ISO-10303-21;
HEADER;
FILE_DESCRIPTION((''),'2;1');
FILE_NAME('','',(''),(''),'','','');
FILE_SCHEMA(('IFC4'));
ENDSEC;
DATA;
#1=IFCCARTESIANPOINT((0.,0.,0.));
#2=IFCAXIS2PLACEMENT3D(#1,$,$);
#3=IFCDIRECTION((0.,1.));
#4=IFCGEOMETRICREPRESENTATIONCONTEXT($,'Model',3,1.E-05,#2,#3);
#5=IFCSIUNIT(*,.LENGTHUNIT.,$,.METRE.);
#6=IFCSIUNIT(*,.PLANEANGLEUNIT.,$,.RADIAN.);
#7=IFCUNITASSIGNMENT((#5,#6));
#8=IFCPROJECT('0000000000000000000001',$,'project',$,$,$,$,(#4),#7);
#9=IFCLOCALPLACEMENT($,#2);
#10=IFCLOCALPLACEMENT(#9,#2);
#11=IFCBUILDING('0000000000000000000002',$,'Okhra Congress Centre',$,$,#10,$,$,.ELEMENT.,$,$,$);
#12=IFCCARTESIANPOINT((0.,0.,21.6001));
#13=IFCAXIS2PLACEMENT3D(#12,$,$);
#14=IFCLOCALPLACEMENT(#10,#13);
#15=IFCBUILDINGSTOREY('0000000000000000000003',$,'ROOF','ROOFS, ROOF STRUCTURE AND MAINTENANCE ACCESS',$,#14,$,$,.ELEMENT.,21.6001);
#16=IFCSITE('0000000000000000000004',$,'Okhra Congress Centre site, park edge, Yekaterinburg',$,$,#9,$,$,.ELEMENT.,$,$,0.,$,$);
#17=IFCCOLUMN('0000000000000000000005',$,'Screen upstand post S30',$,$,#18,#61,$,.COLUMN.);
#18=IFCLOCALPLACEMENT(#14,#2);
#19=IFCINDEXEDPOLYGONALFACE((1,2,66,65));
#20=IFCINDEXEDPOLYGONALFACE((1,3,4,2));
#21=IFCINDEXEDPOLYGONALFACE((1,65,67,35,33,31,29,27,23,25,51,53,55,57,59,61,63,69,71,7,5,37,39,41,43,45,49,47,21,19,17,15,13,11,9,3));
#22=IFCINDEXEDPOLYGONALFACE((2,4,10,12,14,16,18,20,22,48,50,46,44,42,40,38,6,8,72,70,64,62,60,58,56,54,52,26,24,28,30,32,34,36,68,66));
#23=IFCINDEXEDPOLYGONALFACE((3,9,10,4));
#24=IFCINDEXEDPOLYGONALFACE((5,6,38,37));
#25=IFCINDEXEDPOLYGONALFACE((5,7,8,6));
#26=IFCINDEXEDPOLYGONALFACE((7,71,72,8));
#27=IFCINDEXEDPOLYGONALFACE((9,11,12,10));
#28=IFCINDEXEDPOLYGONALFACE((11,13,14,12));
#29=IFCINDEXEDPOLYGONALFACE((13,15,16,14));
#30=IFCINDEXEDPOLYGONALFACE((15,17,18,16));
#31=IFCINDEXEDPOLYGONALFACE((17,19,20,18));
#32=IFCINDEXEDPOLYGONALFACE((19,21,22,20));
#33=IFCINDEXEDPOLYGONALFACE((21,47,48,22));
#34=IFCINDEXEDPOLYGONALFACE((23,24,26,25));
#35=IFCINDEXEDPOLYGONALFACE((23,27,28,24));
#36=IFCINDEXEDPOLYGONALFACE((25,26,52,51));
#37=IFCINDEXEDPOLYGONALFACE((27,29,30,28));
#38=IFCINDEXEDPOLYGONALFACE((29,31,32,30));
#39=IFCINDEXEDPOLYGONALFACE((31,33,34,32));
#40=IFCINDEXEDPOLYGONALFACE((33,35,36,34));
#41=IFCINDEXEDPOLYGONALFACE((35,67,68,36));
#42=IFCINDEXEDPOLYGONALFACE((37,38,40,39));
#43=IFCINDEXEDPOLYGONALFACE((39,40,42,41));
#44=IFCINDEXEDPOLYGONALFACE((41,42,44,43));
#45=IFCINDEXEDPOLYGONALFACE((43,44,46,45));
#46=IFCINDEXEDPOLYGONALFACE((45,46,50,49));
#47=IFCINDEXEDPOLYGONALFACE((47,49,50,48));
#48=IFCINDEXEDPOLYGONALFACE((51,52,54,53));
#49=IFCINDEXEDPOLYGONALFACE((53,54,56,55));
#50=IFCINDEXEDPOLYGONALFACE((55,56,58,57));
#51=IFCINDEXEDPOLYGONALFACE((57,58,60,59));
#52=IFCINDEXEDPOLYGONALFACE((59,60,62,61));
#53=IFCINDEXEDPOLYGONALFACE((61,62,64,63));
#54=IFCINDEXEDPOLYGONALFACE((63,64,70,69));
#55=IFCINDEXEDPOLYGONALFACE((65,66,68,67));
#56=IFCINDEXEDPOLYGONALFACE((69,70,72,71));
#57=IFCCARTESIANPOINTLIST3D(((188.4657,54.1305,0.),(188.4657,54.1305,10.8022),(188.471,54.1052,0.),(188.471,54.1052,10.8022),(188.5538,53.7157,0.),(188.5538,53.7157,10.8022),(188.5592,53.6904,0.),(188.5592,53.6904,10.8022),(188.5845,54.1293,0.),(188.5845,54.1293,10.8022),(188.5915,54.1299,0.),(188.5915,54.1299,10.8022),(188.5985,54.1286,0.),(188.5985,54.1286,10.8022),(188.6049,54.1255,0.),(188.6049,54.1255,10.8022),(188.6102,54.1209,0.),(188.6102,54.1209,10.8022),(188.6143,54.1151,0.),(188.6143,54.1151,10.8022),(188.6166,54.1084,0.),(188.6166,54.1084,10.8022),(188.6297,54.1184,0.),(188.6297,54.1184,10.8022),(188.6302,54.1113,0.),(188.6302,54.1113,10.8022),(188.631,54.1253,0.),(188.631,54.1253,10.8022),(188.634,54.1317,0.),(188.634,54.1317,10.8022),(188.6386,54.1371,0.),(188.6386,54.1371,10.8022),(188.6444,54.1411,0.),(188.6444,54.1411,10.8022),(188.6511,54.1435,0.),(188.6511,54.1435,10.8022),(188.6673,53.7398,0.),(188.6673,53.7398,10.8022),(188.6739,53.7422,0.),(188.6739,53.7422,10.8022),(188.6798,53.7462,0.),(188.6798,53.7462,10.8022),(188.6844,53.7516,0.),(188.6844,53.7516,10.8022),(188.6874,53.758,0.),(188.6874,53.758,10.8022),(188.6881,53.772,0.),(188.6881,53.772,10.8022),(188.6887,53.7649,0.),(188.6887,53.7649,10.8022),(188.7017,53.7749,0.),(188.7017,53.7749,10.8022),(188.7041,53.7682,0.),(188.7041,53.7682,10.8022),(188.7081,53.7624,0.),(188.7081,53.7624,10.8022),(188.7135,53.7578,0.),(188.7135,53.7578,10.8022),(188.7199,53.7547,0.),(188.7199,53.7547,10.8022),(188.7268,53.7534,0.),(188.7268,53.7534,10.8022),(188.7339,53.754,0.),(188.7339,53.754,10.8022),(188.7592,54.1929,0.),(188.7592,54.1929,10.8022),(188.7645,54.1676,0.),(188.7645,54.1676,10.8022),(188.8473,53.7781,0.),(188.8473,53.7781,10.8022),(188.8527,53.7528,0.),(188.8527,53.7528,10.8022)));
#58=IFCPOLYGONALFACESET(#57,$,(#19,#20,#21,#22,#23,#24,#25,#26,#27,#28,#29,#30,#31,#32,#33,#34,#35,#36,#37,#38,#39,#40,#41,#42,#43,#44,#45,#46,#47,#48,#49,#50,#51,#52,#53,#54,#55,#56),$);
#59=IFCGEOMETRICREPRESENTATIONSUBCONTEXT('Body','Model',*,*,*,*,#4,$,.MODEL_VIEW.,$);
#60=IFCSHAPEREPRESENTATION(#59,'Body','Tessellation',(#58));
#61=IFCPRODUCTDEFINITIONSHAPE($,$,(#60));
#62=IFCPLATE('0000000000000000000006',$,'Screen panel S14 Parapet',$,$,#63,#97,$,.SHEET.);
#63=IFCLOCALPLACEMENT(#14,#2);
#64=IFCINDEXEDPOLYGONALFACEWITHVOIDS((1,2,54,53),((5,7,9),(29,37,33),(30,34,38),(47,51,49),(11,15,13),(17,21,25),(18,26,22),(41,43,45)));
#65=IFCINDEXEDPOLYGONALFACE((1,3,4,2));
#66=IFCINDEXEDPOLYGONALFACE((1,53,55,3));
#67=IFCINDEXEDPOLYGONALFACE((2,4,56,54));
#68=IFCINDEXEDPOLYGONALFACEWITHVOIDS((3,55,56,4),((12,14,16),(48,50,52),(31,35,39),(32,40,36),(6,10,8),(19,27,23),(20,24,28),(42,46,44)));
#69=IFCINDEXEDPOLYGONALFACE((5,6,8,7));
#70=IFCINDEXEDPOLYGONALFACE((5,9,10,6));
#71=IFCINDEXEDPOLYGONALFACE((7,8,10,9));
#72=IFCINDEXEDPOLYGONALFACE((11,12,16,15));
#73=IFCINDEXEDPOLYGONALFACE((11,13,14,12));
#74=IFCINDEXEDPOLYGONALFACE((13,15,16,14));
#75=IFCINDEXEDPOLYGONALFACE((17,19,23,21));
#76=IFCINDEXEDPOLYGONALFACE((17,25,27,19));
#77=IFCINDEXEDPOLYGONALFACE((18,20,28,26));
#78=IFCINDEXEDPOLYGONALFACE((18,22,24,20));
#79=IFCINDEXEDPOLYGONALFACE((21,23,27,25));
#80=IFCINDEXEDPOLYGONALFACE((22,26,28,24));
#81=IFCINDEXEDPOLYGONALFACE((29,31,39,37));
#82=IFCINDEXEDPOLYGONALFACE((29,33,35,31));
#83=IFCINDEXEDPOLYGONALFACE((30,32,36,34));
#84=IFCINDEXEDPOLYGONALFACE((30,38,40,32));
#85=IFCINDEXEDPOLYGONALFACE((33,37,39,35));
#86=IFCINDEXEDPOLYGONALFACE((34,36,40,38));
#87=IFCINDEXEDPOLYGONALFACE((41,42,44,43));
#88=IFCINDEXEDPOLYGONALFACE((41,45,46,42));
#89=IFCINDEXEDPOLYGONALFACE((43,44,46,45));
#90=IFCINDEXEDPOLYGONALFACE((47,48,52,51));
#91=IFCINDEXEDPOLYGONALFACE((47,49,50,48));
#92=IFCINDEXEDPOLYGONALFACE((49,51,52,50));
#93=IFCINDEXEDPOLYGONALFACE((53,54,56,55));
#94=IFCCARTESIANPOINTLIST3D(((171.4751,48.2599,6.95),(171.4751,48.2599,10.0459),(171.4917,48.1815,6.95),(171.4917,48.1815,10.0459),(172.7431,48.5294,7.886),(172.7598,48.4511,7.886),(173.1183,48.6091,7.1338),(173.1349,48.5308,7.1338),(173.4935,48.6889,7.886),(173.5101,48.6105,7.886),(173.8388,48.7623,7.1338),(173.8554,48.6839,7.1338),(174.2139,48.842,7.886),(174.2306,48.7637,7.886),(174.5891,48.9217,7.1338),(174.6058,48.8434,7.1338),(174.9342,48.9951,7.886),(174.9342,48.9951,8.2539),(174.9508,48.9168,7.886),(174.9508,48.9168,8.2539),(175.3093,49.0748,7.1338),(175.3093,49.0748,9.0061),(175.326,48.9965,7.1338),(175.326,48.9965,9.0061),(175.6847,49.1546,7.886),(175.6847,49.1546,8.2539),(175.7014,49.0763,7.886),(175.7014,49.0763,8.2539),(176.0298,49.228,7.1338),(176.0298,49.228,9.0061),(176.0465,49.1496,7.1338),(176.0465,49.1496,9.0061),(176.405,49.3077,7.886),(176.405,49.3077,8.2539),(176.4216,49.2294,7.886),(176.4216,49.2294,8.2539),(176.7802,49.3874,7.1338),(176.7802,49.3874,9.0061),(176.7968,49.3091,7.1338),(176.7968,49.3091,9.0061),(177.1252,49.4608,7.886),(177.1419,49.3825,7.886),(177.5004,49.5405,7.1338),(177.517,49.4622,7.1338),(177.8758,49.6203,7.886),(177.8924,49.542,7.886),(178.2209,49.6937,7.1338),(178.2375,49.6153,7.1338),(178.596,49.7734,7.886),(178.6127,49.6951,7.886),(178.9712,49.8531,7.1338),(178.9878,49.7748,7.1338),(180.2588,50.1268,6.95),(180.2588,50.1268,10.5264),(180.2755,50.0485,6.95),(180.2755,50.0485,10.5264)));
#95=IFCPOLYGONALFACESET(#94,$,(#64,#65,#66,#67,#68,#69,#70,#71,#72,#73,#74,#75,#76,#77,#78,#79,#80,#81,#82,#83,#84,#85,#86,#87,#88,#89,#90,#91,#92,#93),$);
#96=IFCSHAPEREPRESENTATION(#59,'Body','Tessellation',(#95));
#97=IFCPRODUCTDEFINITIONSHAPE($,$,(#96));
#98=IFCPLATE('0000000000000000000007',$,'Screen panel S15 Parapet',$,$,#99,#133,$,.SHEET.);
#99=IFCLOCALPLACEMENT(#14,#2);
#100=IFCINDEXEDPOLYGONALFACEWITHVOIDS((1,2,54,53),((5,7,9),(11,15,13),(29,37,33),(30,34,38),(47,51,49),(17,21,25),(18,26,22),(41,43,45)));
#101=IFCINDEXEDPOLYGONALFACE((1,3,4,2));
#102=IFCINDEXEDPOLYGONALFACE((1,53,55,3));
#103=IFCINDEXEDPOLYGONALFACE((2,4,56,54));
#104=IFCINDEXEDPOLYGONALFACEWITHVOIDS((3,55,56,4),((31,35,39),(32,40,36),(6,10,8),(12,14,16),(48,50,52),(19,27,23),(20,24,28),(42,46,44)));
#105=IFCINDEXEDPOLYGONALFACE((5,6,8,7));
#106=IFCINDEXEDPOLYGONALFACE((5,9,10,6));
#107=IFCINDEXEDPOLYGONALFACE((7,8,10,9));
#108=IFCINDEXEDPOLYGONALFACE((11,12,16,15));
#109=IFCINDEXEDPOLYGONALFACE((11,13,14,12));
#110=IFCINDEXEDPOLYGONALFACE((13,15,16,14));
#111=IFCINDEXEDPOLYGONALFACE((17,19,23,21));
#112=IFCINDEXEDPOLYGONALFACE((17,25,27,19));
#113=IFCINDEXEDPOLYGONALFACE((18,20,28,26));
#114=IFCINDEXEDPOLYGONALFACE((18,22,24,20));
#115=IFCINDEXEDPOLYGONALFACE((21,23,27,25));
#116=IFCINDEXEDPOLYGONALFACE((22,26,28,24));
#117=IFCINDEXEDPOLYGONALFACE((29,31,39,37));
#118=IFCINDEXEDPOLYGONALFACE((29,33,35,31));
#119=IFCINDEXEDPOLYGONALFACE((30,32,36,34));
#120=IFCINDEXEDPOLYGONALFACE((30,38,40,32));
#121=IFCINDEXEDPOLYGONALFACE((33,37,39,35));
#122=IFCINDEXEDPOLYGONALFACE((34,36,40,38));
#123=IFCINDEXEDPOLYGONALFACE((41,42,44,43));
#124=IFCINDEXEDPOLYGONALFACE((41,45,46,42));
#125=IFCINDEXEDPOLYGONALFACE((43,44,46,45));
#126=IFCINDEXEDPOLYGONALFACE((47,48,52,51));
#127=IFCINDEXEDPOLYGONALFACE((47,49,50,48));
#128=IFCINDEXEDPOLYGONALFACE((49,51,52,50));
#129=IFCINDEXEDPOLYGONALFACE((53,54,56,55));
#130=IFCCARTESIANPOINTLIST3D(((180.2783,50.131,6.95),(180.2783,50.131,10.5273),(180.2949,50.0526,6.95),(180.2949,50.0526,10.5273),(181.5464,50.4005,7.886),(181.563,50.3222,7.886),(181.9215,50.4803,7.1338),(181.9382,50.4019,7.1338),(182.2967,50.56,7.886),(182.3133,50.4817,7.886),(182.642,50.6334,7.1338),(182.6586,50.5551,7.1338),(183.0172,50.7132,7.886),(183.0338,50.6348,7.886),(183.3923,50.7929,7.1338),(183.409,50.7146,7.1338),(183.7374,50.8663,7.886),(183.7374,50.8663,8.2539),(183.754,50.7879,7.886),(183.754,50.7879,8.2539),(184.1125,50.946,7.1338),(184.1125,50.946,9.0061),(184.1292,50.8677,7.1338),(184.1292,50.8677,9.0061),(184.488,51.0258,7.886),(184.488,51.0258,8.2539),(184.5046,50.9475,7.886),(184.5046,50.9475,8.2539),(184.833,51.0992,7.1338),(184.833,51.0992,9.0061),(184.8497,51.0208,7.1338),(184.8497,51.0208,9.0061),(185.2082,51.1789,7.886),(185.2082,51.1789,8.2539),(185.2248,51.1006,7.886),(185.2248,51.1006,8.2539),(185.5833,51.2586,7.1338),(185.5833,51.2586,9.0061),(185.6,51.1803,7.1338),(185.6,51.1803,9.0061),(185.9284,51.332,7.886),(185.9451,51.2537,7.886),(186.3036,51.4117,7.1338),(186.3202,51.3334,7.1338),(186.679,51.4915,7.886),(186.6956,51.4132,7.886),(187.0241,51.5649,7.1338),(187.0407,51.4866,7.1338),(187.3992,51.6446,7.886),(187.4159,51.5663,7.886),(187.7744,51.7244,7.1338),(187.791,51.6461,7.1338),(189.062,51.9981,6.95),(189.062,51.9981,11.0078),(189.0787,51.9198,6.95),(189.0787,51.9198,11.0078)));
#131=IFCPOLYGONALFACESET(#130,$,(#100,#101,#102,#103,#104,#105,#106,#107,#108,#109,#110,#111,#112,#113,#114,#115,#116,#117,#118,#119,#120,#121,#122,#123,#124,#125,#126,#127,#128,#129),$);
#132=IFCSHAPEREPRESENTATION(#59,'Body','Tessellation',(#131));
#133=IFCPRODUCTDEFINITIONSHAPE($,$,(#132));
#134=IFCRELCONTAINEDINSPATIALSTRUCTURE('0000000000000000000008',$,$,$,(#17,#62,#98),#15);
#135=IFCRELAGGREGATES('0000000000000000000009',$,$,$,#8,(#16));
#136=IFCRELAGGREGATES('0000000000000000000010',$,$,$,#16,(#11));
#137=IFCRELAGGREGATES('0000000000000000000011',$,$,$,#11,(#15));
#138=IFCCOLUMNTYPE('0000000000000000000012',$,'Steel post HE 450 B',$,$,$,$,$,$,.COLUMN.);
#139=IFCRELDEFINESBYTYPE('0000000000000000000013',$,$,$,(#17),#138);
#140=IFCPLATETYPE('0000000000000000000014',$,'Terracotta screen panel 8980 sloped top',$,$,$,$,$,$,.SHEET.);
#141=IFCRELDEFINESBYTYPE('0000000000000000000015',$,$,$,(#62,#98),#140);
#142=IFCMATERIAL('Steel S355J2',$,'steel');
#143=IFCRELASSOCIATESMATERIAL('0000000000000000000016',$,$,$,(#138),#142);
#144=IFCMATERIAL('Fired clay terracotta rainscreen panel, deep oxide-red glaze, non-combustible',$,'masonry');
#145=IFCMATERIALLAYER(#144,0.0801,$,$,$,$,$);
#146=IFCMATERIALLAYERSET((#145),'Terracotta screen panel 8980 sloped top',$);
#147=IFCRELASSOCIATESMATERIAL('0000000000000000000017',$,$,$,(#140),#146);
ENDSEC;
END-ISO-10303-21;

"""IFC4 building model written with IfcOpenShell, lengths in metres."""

from ifc_helpers import new_model, si_unit, direction, frame, origin, origin_2d, place, context, subcontext, project, spatial, polyline, i_section, outline, extrude, material, layer, layer_set, material_profile, profile_set, type_object, element, save


model = new_model("IFC4")

# Units and contexts
model_context = context("Model", 3, precision=1e-05, world=origin(), true_north=direction((0.0, 1.0)))
body_context = subcontext(model_context, "Body", "Model", "MODEL_VIEW")
ifc_project = project(units=[si_unit("LENGTHUNIT", "METRE"), si_unit("PLANEANGLEUNIT", "RADIAN")], contexts=[model_context])

# Site, building, storey
site_placement = place(None, origin())
site = spatial("IfcSite", under=ifc_project, at=site_placement, Name="Okhra Congress Centre site, park edge, Yekaterinburg", CompositionType="ELEMENT", RefElevation=0.0)
building_placement = place(site_placement, origin())
building = spatial("IfcBuilding", under=site, at=building_placement, Name="Okhra Congress Centre", CompositionType="ELEMENT")
storey_placement = place(building_placement, frame((0.0, 0.0, 21.6001)))
storey = spatial("IfcBuildingStorey", under=building, at=storey_placement, Name="ROOF", Description="ROOFS, ROOF STRUCTURE AND MAINTENANCE ACCESS", CompositionType="ELEMENT", Elevation=21.6001)

# Column
ifc_material_1 = material(Name="Steel S355J2", Category="steel")
ifc_material_profile_1 = material_profile(ifc_material_1, i_section(OverallWidth=0.3, OverallDepth=0.45, WebThickness=0.0139, FlangeThickness=0.0259, FilletRadius=0.0271, at=origin_2d()), Name="HE 450 B")
ifc_profile_set_1 = profile_set([ifc_material_profile_1], Name="Steel S355J2")
column_type = type_object("IfcColumnType", Name="Steel post HE 450 B", PredefinedType="COLUMN", material=ifc_profile_set_1)
column_1_placement = place(storey_placement, frame((188.6592, 53.9417, 0.0), z_axis=(0.0, 0.0, 1.0), x_axis=(0.978148, 0.207912, 0.0)))
element("IfcColumn", 1, at=column_1_placement, inside=storey, type_object=column_type, Name="Screen upstand post S30", PredefinedType="COLUMN", context=body_context, shape_type="SweptSolid", body=[
    extrude(i_section(OverallWidth=0.3, OverallDepth=0.45, WebThickness=0.0139, FlangeThickness=0.0259, FilletRadius=0.0271, at=origin_2d()), origin(), (0.0, 0.0, 1.0), 10.8022),
])

# Plates
ifc_material_2 = material(Name="Fired clay terracotta rainscreen panel, deep oxide-red glaze, non-combustible", Category="masonry")
ifc_layer_1 = layer(ifc_material_2, 0.0801)
ifc_layer_set_1 = layer_set([ifc_layer_1], Name="Terracotta screen panel 8980 sloped top")
plate_type_1 = type_object("IfcPlateType", Name="Terracotta screen panel 8980 sloped top", PredefinedType="SHEET", material=ifc_layer_set_1)
plate_1_placement = place(storey_placement, frame((171.4834, 48.2207, 6.95), z_axis=(0.0, 0.0, 1.0), x_axis=(0.97815, 0.207902, 0.0)))
element("IfcPlate", 2, at=plate_1_placement, inside=storey, type_object=plate_type_1, Name="Screen panel S14 Parapet", PredefinedType="SHEET", context=body_context, shape_type="SweptSolid", body=[
    extrude(outline(polyline([(0.0, 0.0), (8.98, 0.0), (8.98, 3.5764), (0.0, 3.0959), (0.0, 0.0)]), holes=[polyline([(1.2964, 0.936), (1.6799, 0.1838), (2.0635, 0.936), (1.2964, 0.936)]), polyline([(2.4165, 0.1838), (3.1836, 0.1838), (2.8, 0.936), (2.4165, 0.1838)]), polyline([(3.5364, 0.936), (3.9199, 0.1838), (4.3037, 0.936), (3.5364, 0.936)]), polyline([(4.6565, 0.1838), (5.4236, 0.1838), (5.04, 0.936), (4.6565, 0.1838)]), polyline([(5.7764, 0.936), (6.1599, 0.1838), (6.5437, 0.936), (5.7764, 0.936)]), polyline([(6.8965, 0.1838), (7.6636, 0.1838), (7.28, 0.936), (6.8965, 0.1838)]), polyline([(3.5364, 1.304), (4.3037, 1.304), (3.9199, 2.0562), (3.5364, 1.304)]), polyline([(4.6565, 2.0562), (5.04, 1.304), (5.4236, 2.0562), (4.6565, 2.0562)])]), frame((0.0, 0.04, 0.0), z_axis=(0.0, -1.0, 0.0), x_axis=(1.0, 0.0, 0.0)), (0.0, 0.0, 1.0), 0.0801),
])
plate_2_placement = place(storey_placement, frame((180.2866, 50.0918, 6.95), z_axis=(0.0, 0.0, 1.0), x_axis=(0.978145, 0.207923, 0.0)))
element("IfcPlate", 3, at=plate_2_placement, inside=storey, type_object=plate_type_1, Name="Screen panel S15 Parapet", PredefinedType="SHEET", context=body_context, shape_type="SweptSolid", body=[
    extrude(outline(polyline([(0.0, 0.0), (8.98, 0.0), (8.98, 4.0579), (0.0, 3.5774), (0.0, 0.0)]), holes=[polyline([(1.2964, 0.936), (1.6799, 0.1838), (2.0635, 0.936), (1.2964, 0.936)]), polyline([(2.4165, 0.1838), (3.1836, 0.1838), (2.8, 0.936), (2.4165, 0.1838)]), polyline([(3.5364, 0.936), (3.9199, 0.1838), (4.3037, 0.936), (3.5364, 0.936)]), polyline([(4.6565, 0.1838), (5.4236, 0.1838), (5.04, 0.936), (4.6565, 0.1838)]), polyline([(5.7764, 0.936), (6.1599, 0.1838), (6.5437, 0.936), (5.7764, 0.936)]), polyline([(6.8965, 0.1838), (7.6636, 0.1838), (7.28, 0.936), (6.8965, 0.1838)]), polyline([(3.5364, 1.304), (4.3037, 1.304), (3.9199, 2.0562), (3.5364, 1.304)]), polyline([(4.6565, 2.0562), (5.04, 1.304), (5.4236, 2.0562), (4.6565, 2.0562)])]), frame((0.0, 0.04, 0.0), z_axis=(0.0, -1.0, 0.0), x_axis=(1.0, 0.0, 0.0)), (0.0, 0.0, 1.0), 0.0801),
])

save(model, "model.ifc")
